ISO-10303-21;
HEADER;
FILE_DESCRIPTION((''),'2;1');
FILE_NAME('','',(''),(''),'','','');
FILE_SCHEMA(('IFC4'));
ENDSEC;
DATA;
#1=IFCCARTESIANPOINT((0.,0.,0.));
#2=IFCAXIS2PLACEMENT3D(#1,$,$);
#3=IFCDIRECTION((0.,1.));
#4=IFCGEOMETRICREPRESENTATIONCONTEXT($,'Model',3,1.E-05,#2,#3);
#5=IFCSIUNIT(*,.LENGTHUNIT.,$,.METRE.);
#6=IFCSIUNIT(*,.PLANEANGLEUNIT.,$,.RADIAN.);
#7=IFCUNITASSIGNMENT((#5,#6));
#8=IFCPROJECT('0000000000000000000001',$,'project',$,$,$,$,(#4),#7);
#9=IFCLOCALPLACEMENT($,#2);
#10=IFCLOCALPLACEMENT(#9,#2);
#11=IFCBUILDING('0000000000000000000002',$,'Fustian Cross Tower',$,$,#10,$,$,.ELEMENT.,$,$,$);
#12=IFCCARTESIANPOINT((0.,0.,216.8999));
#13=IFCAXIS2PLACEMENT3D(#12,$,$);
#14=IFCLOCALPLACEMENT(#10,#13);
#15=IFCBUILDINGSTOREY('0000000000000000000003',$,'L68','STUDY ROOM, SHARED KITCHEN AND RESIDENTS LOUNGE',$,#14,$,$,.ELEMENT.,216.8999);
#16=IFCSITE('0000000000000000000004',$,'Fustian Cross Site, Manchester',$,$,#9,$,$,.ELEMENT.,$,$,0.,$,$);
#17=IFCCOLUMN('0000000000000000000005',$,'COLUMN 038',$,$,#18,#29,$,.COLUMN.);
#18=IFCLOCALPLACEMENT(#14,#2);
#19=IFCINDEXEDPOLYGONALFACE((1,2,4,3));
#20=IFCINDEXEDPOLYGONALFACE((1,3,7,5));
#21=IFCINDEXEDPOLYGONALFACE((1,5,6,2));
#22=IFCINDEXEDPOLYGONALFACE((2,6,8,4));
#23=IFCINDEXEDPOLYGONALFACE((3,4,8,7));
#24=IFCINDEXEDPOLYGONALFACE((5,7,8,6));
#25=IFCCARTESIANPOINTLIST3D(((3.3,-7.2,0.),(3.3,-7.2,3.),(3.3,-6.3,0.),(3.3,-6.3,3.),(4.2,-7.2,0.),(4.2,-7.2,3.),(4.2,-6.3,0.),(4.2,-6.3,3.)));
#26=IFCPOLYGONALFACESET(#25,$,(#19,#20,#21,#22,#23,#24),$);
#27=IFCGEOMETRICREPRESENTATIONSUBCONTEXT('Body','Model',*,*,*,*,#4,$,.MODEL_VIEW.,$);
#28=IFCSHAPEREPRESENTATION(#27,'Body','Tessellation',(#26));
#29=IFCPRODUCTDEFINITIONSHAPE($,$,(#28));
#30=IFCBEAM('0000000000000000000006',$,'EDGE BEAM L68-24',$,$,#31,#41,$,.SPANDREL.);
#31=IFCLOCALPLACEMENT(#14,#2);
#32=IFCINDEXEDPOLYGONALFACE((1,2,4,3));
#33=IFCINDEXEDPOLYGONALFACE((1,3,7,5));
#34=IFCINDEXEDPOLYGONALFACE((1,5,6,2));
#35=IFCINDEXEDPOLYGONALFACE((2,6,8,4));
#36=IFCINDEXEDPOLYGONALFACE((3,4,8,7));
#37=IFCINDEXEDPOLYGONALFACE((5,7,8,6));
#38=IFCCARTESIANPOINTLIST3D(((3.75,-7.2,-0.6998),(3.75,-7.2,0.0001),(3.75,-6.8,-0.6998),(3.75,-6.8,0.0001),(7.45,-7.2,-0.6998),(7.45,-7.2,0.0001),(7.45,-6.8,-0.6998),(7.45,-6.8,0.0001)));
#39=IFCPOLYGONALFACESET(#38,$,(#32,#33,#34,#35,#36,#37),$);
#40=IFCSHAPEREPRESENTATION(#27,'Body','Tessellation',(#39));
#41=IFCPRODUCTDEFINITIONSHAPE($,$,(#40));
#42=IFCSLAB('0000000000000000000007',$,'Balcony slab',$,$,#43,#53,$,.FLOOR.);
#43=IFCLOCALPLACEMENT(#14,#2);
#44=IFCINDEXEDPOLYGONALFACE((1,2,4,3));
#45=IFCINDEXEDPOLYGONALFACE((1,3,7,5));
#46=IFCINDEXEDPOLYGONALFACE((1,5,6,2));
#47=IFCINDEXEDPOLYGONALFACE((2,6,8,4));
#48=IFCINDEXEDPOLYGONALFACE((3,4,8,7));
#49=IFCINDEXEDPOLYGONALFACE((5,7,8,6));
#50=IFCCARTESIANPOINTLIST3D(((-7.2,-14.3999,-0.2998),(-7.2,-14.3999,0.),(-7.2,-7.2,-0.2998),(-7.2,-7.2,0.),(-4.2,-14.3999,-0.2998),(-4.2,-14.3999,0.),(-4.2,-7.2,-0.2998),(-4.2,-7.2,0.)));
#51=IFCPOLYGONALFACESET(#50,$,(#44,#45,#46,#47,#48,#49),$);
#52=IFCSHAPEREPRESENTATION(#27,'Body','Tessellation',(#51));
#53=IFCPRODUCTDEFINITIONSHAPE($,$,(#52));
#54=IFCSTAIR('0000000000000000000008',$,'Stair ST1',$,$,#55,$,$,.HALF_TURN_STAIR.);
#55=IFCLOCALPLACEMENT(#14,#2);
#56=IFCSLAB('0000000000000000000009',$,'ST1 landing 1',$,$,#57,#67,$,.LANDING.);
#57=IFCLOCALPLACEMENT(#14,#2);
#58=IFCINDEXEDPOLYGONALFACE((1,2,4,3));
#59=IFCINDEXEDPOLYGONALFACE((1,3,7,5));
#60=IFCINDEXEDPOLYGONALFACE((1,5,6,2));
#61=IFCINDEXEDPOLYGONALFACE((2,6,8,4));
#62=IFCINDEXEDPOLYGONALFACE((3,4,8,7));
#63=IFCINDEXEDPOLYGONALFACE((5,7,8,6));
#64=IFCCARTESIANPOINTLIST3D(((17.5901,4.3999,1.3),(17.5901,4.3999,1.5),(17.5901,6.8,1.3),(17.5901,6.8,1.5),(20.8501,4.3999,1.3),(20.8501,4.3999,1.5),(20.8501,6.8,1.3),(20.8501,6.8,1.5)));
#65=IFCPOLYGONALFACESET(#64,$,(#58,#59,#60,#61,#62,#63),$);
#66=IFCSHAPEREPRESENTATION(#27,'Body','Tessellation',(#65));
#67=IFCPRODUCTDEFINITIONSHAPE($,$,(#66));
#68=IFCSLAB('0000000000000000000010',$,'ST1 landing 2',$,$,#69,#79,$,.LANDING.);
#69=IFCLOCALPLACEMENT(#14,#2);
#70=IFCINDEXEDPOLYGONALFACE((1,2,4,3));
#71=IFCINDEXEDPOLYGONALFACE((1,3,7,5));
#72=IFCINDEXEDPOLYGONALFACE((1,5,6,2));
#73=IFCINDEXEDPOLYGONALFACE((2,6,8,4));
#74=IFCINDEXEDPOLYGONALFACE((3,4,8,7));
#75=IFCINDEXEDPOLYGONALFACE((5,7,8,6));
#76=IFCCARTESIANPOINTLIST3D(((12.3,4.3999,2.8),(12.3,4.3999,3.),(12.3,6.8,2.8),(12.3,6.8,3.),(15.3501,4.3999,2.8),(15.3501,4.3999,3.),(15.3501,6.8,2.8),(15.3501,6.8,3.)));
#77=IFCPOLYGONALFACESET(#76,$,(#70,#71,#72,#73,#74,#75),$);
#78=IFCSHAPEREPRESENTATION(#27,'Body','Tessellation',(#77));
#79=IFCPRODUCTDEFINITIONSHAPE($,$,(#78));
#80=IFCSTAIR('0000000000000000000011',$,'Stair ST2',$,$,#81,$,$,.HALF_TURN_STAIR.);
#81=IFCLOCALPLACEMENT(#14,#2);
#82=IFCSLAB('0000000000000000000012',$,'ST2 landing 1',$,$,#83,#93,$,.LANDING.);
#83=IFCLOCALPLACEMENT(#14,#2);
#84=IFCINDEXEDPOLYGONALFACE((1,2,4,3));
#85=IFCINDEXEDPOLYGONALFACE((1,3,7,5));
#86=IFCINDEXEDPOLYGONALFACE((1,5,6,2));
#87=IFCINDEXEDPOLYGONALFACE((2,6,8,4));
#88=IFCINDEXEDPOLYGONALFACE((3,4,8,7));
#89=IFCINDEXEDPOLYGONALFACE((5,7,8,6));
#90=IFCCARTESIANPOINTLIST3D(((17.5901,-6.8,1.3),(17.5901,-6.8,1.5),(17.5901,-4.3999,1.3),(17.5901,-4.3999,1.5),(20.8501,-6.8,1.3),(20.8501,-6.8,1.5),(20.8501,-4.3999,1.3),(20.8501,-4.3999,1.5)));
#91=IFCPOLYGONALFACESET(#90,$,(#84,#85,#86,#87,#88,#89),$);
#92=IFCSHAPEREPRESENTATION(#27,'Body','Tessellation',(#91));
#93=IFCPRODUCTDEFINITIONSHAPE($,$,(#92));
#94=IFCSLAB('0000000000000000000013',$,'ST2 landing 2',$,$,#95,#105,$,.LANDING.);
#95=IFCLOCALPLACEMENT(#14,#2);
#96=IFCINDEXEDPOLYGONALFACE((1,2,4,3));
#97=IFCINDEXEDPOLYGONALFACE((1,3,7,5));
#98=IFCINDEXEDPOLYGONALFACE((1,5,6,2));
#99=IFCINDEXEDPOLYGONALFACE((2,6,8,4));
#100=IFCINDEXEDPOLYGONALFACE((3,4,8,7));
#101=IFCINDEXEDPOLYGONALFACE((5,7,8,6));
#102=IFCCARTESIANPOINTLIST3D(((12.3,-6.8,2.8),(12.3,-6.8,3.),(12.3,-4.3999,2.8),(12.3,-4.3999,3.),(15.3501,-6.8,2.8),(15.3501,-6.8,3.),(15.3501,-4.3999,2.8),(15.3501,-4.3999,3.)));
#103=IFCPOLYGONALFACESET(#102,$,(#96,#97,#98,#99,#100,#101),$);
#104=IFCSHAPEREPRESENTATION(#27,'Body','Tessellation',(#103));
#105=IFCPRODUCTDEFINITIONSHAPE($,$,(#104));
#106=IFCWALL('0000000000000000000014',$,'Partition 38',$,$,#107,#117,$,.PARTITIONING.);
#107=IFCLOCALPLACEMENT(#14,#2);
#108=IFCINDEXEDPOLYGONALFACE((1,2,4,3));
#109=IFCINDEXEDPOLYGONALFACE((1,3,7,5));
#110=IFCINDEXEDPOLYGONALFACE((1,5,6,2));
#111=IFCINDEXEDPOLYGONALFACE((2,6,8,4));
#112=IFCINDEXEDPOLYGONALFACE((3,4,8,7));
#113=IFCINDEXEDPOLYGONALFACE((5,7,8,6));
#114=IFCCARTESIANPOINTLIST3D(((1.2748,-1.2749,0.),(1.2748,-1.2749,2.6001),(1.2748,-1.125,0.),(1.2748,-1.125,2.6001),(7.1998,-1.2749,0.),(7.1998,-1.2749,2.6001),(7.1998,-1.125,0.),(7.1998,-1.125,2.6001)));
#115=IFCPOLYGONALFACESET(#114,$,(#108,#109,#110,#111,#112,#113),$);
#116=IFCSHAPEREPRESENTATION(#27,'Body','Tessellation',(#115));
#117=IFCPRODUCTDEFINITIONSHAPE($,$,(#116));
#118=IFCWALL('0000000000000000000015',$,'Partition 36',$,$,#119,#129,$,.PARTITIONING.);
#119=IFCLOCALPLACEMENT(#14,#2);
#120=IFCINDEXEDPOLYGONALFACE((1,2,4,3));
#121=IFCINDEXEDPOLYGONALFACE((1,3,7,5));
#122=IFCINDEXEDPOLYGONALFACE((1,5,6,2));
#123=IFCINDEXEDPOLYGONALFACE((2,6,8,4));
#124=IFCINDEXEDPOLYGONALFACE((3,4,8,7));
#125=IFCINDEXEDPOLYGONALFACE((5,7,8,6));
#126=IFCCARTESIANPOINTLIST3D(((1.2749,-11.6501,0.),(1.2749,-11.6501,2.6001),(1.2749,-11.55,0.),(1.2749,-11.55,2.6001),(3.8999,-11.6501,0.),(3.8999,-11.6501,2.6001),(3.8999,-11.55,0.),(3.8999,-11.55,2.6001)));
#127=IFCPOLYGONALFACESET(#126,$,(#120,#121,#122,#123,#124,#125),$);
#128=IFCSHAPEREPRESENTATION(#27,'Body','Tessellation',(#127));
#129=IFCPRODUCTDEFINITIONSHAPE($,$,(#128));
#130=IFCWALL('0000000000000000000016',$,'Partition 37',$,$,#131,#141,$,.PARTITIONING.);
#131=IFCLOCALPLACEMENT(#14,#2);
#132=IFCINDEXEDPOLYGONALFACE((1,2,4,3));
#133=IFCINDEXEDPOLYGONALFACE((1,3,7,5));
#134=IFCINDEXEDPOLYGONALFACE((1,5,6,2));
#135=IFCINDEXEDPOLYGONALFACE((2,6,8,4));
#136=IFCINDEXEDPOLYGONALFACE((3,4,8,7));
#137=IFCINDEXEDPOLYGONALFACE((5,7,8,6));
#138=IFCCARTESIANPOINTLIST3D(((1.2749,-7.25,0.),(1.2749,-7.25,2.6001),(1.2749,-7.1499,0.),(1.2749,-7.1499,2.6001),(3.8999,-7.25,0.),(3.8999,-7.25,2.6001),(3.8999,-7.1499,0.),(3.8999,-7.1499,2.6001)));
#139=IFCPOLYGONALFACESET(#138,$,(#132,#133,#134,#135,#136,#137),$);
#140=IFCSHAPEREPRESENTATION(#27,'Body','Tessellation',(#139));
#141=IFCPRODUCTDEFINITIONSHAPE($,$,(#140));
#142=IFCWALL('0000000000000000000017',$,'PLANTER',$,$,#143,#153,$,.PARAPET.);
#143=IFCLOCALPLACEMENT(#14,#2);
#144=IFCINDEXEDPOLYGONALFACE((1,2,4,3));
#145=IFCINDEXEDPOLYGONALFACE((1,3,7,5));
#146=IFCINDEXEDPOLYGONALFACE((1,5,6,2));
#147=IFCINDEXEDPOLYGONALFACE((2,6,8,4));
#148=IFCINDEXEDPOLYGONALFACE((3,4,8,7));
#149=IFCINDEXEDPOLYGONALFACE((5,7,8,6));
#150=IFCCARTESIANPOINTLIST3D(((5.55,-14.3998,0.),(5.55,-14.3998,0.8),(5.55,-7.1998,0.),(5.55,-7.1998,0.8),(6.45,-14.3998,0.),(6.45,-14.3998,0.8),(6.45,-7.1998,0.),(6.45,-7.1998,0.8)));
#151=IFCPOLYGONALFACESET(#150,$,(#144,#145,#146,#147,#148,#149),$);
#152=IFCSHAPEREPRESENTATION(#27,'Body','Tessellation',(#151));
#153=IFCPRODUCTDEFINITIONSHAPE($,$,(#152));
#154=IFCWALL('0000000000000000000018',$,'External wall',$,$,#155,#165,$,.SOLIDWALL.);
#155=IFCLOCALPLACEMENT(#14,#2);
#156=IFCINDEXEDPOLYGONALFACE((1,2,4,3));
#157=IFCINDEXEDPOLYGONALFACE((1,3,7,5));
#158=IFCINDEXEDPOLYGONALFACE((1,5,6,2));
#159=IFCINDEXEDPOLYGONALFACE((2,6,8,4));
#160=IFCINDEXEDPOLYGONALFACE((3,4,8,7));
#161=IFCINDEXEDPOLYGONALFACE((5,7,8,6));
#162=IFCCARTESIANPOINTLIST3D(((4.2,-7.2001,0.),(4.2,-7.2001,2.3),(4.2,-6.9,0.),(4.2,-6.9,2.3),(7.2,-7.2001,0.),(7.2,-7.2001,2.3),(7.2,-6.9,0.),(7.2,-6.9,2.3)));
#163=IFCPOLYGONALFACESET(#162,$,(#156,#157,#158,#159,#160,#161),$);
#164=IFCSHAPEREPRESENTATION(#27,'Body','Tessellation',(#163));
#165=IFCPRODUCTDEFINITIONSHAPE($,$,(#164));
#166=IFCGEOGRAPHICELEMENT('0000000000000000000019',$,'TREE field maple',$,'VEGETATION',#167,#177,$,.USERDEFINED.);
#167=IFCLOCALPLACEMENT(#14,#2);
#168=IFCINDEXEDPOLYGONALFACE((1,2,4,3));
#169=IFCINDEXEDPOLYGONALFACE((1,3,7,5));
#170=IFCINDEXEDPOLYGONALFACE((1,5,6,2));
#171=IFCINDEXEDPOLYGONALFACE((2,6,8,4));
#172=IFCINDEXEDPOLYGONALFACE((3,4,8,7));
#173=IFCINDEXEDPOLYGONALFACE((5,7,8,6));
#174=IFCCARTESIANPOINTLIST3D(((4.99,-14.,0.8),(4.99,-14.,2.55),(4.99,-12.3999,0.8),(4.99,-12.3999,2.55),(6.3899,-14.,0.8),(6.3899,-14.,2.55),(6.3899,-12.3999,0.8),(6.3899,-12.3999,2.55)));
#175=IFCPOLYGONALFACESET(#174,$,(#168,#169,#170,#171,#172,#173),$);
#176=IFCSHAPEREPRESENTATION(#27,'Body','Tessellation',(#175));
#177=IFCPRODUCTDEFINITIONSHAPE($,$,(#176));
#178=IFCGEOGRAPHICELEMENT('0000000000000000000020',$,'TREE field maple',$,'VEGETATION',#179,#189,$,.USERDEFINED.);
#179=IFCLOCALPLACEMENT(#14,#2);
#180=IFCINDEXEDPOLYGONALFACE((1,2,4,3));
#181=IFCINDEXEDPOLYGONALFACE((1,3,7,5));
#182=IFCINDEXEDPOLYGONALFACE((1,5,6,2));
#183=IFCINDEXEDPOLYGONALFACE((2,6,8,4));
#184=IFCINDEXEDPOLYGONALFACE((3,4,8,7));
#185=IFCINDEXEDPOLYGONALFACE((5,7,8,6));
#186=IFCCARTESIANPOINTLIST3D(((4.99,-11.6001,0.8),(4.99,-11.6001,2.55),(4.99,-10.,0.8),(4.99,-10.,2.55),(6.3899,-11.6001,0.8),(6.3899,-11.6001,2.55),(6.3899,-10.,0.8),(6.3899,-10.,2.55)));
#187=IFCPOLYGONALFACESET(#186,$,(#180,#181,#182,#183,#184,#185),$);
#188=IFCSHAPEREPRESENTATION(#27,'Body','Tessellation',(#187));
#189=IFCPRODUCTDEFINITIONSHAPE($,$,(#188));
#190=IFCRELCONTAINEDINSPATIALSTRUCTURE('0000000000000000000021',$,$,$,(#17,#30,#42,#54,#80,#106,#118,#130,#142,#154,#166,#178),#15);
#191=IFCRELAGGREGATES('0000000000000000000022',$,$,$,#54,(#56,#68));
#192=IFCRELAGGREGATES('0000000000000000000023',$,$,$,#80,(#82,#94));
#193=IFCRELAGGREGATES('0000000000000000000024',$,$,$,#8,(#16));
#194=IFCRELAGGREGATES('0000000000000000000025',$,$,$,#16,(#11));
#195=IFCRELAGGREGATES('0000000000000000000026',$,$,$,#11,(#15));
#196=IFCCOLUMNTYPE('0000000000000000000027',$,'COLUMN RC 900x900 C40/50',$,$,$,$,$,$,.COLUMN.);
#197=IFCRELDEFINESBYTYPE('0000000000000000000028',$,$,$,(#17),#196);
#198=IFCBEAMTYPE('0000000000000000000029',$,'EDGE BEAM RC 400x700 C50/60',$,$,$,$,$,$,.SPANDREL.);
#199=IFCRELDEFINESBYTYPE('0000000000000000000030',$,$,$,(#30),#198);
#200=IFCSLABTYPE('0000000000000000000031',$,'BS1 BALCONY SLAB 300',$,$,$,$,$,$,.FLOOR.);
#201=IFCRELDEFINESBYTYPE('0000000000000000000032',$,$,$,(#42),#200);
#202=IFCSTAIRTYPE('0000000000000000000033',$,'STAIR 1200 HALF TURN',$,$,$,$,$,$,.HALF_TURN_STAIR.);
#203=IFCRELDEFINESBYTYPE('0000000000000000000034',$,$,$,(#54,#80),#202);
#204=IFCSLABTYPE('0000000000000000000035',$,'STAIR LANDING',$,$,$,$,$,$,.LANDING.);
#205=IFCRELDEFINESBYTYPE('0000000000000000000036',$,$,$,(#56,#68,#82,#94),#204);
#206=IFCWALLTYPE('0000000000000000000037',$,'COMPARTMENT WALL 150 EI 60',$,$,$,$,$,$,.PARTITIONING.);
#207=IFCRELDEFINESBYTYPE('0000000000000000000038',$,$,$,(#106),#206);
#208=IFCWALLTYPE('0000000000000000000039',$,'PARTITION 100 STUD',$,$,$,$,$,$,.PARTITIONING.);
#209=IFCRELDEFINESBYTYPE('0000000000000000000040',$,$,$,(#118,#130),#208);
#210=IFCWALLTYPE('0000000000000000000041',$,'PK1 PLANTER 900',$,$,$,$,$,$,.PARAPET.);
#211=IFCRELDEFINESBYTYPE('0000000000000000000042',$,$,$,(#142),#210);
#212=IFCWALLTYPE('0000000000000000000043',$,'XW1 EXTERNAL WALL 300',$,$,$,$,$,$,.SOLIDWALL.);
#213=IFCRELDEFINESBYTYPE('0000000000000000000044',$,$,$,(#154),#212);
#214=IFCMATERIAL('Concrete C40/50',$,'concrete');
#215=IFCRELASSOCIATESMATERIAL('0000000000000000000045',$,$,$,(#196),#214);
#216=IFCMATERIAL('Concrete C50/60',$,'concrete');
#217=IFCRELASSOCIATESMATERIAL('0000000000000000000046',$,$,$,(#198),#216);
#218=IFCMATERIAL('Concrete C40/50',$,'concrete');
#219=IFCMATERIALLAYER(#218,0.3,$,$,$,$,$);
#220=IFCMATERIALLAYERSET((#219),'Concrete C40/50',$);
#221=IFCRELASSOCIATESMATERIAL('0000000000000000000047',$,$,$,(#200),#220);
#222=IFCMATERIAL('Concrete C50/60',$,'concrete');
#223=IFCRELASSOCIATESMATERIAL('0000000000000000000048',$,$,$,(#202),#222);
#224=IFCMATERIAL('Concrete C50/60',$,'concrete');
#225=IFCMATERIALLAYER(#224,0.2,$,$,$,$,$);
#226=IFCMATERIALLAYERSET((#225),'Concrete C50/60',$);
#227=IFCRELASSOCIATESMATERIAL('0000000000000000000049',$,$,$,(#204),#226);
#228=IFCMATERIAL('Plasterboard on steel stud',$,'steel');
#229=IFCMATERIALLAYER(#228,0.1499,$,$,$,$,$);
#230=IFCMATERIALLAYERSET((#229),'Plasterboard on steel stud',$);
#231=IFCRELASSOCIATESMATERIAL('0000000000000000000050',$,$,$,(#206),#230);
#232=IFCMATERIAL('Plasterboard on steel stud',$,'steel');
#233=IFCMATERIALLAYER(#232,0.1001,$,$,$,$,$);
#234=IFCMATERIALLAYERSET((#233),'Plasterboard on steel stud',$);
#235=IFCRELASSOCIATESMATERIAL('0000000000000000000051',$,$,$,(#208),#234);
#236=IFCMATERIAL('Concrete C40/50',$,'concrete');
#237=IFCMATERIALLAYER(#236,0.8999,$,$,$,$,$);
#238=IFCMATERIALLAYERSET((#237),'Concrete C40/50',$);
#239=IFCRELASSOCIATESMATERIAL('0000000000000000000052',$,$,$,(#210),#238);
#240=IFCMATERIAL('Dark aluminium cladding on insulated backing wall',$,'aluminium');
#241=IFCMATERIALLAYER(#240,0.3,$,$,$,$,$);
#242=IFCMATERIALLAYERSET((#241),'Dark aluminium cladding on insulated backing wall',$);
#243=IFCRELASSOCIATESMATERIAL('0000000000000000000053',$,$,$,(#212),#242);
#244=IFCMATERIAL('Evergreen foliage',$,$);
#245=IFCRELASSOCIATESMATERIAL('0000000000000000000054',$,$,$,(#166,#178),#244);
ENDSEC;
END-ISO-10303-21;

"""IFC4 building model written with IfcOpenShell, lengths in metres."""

from ifc_helpers import new_model, si_unit, direction, frame, frame_2d, origin, origin_2d, place, context, subcontext, project, spatial, polyline, rectangle, outline, extrude, material, layer, layer_set, material_profile, profile_set, type_object, element, aggregate, save


model = new_model("IFC4")

# Units and contexts
model_context = context("Model", 3, precision=1e-05, world=origin(), true_north=direction((0.0, 1.0)))
body_context = subcontext(model_context, "Body", "Model", "MODEL_VIEW")
ifc_project = project(units=[si_unit("LENGTHUNIT", "METRE"), si_unit("PLANEANGLEUNIT", "RADIAN")], contexts=[model_context])

# Site, building, storey
site_placement = place(None, origin())
site = spatial("IfcSite", under=ifc_project, at=site_placement, Name="Fustian Cross Site, Manchester", CompositionType="ELEMENT", RefElevation=0.0)
building_placement = place(site_placement, origin())
building = spatial("IfcBuilding", under=site, at=building_placement, Name="Fustian Cross Tower", CompositionType="ELEMENT")
storey_placement = place(building_placement, frame((0.0, 0.0, 216.8999)))
storey = spatial("IfcBuildingStorey", under=building, at=storey_placement, Name="L68", Description="STUDY ROOM, SHARED KITCHEN AND RESIDENTS LOUNGE", CompositionType="ELEMENT", Elevation=216.8999)

# Column
ifc_material_1 = material(Name="Concrete C40/50", Category="concrete")
ifc_material_profile_1 = material_profile(ifc_material_1, rectangle(XDim=0.8999, YDim=0.8999, at=origin_2d()), Name="RC 900x900")
ifc_profile_set_1 = profile_set([ifc_material_profile_1], Name="Concrete C40/50")
column_type = type_object("IfcColumnType", Name="COLUMN RC 900x900 C40/50", PredefinedType="COLUMN", material=ifc_profile_set_1)
column_placement = place(storey_placement, frame((3.75, -6.75, 0.0), z_axis=(0.0, 0.0, 1.0), x_axis=(1.0, 0.0, 0.0)))
element("IfcColumn", 1, at=column_placement, inside=storey, type_object=column_type, Name="COLUMN 038", PredefinedType="COLUMN", context=body_context, shape_type="SweptSolid", body=[
    extrude(rectangle(XDim=0.8999, YDim=0.8999, at=origin_2d()), origin(), (0.0, 0.0, 1.0), 3.0),
])

# Beam
ifc_material_2 = material(Name="Concrete C50/60", Category="concrete")
ifc_material_profile_2 = material_profile(ifc_material_2, rectangle(XDim=0.3999, YDim=0.7, at=origin_2d()), Name="RC 400x700")
ifc_profile_set_2 = profile_set([ifc_material_profile_2], Name="Concrete C50/60")
beam_type = type_object("IfcBeamType", Name="EDGE BEAM RC 400x700 C50/60", PredefinedType="SPANDREL", material=ifc_profile_set_2)
beam_placement = place(storey_placement, frame((3.75, -7.0, -0.3499), z_axis=(1.0, 0.0, 0.0), x_axis=(0.0, 1.0, 0.0)))
element("IfcBeam", 2, at=beam_placement, inside=storey, type_object=beam_type, Name="EDGE BEAM L68-24", PredefinedType="SPANDREL", context=body_context, shape_type="SweptSolid", body=[
    extrude(rectangle(XDim=0.3999, YDim=0.7, at=origin_2d()), origin(), (0.0, 0.0, 1.0), 3.7),
])

# Slab
ifc_material_3 = material(Name="Concrete C40/50", Category="concrete")
ifc_layer_1 = layer(ifc_material_3, 0.3)
ifc_layer_set_1 = layer_set([ifc_layer_1], Name="Concrete C40/50")
slab_type_1 = type_object("IfcSlabType", Name="BS1 BALCONY SLAB 300", PredefinedType="FLOOR", material=ifc_layer_set_1)
slab_1_placement = place(storey_placement, frame((0.0, 0.0, -0.2998)))
element("IfcSlab", 3, at=slab_1_placement, inside=storey, type_object=slab_type_1, Name="Balcony slab", PredefinedType="FLOOR", context=body_context, shape_type="SweptSolid", body=[
    extrude(outline(polyline([(-7.2, -14.3999), (-4.2, -14.3999), (-4.2, -7.2), (-7.2, -7.2), (-7.2, -14.3999)])), origin(), (0.0, 0.0, 1.0), 0.2998),
])

# Stairs, slabs
ifc_material_4 = material(Name="Concrete C50/60", Category="concrete")
stair_type = type_object("IfcStairType", Name="STAIR 1200 HALF TURN", PredefinedType="HALF_TURN_STAIR", material=ifc_material_4)
stair_1_placement = place(storey_placement, origin())
stair_1 = element("IfcStair", 4, at=stair_1_placement, inside=storey, type_object=stair_type, Name="Stair ST1", PredefinedType="HALF_TURN_STAIR")
ifc_material_5 = material(Name="Concrete C50/60", Category="concrete")
ifc_layer_2 = layer(ifc_material_5, 0.2)
ifc_layer_set_2 = layer_set([ifc_layer_2], Name="Concrete C50/60")
slab_type_2 = type_object("IfcSlabType", Name="STAIR LANDING", PredefinedType="LANDING", material=ifc_layer_set_2)
slab_2_placement = place(storey_placement, frame((0.0, 0.0, 1.3)))
slab_2 = element("IfcSlab", 5, at=slab_2_placement, type_object=slab_type_2, Name="ST1 landing 1", PredefinedType="LANDING", context=body_context, shape_type="SweptSolid", body=[
    extrude(outline(polyline([(17.5901, 4.3999), (20.8501, 4.3999), (20.8501, 6.8), (17.5901, 6.8), (17.5901, 4.3999)])), origin(), (0.0, 0.0, 1.0), 0.2),
])
slab_3_placement = place(storey_placement, frame((0.0, 0.0, 2.8)))
slab_3 = element("IfcSlab", 6, at=slab_3_placement, type_object=slab_type_2, Name="ST1 landing 2", PredefinedType="LANDING", context=body_context, shape_type="SweptSolid", body=[
    extrude(outline(polyline([(12.3, 4.3999), (15.3501, 4.3999), (15.3501, 6.8), (12.3, 6.8), (12.3, 4.3999)])), origin(), (0.0, 0.0, 1.0), 0.2),
])
aggregate(stair_1, [slab_2, slab_3])
stair_2_placement = place(storey_placement, origin())
stair_2 = element("IfcStair", 7, at=stair_2_placement, inside=storey, type_object=stair_type, Name="Stair ST2", PredefinedType="HALF_TURN_STAIR")
slab_4_placement = place(storey_placement, frame((0.0, 0.0, 1.3)))
slab_4 = element("IfcSlab", 8, at=slab_4_placement, type_object=slab_type_2, Name="ST2 landing 1", PredefinedType="LANDING", context=body_context, shape_type="SweptSolid", body=[
    extrude(outline(polyline([(17.5901, -4.3999), (20.8501, -4.3999), (20.8501, -6.8), (17.5901, -6.8), (17.5901, -4.3999)])), origin(), (0.0, 0.0, 1.0), 0.2),
])
slab_5_placement = place(storey_placement, frame((0.0, 0.0, 2.8)))
slab_5 = element("IfcSlab", 9, at=slab_5_placement, type_object=slab_type_2, Name="ST2 landing 2", PredefinedType="LANDING", context=body_context, shape_type="SweptSolid", body=[
    extrude(outline(polyline([(12.3, -4.3999), (15.3501, -4.3999), (15.3501, -6.8), (12.3, -6.8), (12.3, -4.3999)])), origin(), (0.0, 0.0, 1.0), 0.2),
])
aggregate(stair_2, [slab_4, slab_5])

# Walls
ifc_material_6 = material(Name="Plasterboard on steel stud", Category="steel")
ifc_layer_3 = layer(ifc_material_6, 0.1499)
ifc_layer_set_3 = layer_set([ifc_layer_3], Name="Plasterboard on steel stud")
wall_type_1 = type_object("IfcWallType", Name="COMPARTMENT WALL 150 EI 60", PredefinedType="PARTITIONING", material=ifc_layer_set_3)
wall_1_placement = place(storey_placement, frame((1.2749, -1.2, 0.0), z_axis=(0.0, 0.0, 1.0), x_axis=(1.0, 0.0, 0.0)))
element("IfcWall", 10, at=wall_1_placement, inside=storey, type_object=wall_type_1, Name="Partition 38", PredefinedType="PARTITIONING", context=body_context, shape_type="SweptSolid", body=[
    extrude(rectangle(XDim=5.925, YDim=0.1499, at=frame_2d((2.9624, 0.0))), origin(), (0.0, 0.0, 1.0), 2.6001),
])
ifc_material_7 = material(Name="Plasterboard on steel stud", Category="steel")
ifc_layer_4 = layer(ifc_material_7, 0.1001)
ifc_layer_set_4 = layer_set([ifc_layer_4], Name="Plasterboard on steel stud")
wall_type_2 = type_object("IfcWallType", Name="PARTITION 100 STUD", PredefinedType="PARTITIONING", material=ifc_layer_set_4)
for number, where, z_axis, x_axis, name in (
    (11, (1.2749, -11.6001, 0.0), (0.0, 0.0, 1.0), (1.0, 0.0, 0.0), "Partition 36"),
    (12, (1.2749, -7.2, 0.0), (0.0, 0.0, 1.0), (1.0, 0.0, 0.0), "Partition 37"),
):
    element("IfcWall", number, at=place(storey_placement, frame(where, z_axis=z_axis, x_axis=x_axis)), inside=storey, type_object=wall_type_2, Name=name, PredefinedType="PARTITIONING", context=body_context, shape_type="SweptSolid", body=[
        extrude(rectangle(XDim=2.625, YDim=0.1001, at=frame_2d((1.3125, 0.0))), origin(), (0.0, 0.0, 1.0), 2.6001),
    ])
ifc_material_8 = material(Name="Concrete C40/50", Category="concrete")
ifc_layer_5 = layer(ifc_material_8, 0.8999)
ifc_layer_set_5 = layer_set([ifc_layer_5], Name="Concrete C40/50")
wall_type_3 = type_object("IfcWallType", Name="PK1 PLANTER 900", PredefinedType="PARAPET", material=ifc_layer_set_5)
wall_2_placement = place(storey_placement, frame((6.0, -14.3999, 0.0), z_axis=(0.0, 0.0, 1.0), x_axis=(0.0, 1.0, 0.0)))
element("IfcWall", 13, at=wall_2_placement, inside=storey, type_object=wall_type_3, Name="PLANTER", PredefinedType="PARAPET", context=body_context, shape_type="SweptSolid", body=[
    extrude(rectangle(XDim=7.2, YDim=0.8999, at=frame_2d((3.6001, 0.0))), origin(), (0.0, 0.0, 1.0), 0.8),
])
ifc_material_9 = material(Name="Dark aluminium cladding on insulated backing wall", Category="aluminium")
ifc_layer_6 = layer(ifc_material_9, 0.3)
ifc_layer_set_6 = layer_set([ifc_layer_6], Name="Dark aluminium cladding on insulated backing wall")
wall_type_4 = type_object("IfcWallType", Name="XW1 EXTERNAL WALL 300", PredefinedType="SOLIDWALL", material=ifc_layer_set_6)
wall_3_placement = place(storey_placement, frame((4.2, -7.05, 0.0), z_axis=(0.0, 0.0, 1.0), x_axis=(1.0, 0.0, 0.0)))
element("IfcWall", 14, at=wall_3_placement, inside=storey, type_object=wall_type_4, Name="External wall", PredefinedType="SOLIDWALL", context=body_context, shape_type="SweptSolid", body=[
    extrude(rectangle(XDim=3.0, YDim=0.3, at=frame_2d((1.5, 0.0))), origin(), (0.0, 0.0, 1.0), 2.3),
])

# Geographic elements
ifc_material_10 = material(Name="Evergreen foliage")
for number, where, z_axis, x_axis, name in (
    (15, (5.6899, -13.2, 0.8), (0.0, 0.0, 1.0), (1.0, 0.0, 0.0), "TREE field maple"),
    (16, (5.6899, -10.8, 0.8), (0.0, 0.0, 1.0), (1.0, 0.0, 0.0), "TREE field maple"),
):
    element("IfcGeographicElement", number, at=place(storey_placement, frame(where, z_axis=z_axis, x_axis=x_axis)), inside=storey, material=ifc_material_10, Name=name, ObjectType="VEGETATION", PredefinedType="USERDEFINED", context=body_context, shape_type="SweptSolid", body=[
        extrude(rectangle(XDim=1.3999, YDim=1.6001, at=origin_2d()), origin(), (0.0, 0.0, 1.0), 1.75),
    ])

save(model, "model.ifc")
